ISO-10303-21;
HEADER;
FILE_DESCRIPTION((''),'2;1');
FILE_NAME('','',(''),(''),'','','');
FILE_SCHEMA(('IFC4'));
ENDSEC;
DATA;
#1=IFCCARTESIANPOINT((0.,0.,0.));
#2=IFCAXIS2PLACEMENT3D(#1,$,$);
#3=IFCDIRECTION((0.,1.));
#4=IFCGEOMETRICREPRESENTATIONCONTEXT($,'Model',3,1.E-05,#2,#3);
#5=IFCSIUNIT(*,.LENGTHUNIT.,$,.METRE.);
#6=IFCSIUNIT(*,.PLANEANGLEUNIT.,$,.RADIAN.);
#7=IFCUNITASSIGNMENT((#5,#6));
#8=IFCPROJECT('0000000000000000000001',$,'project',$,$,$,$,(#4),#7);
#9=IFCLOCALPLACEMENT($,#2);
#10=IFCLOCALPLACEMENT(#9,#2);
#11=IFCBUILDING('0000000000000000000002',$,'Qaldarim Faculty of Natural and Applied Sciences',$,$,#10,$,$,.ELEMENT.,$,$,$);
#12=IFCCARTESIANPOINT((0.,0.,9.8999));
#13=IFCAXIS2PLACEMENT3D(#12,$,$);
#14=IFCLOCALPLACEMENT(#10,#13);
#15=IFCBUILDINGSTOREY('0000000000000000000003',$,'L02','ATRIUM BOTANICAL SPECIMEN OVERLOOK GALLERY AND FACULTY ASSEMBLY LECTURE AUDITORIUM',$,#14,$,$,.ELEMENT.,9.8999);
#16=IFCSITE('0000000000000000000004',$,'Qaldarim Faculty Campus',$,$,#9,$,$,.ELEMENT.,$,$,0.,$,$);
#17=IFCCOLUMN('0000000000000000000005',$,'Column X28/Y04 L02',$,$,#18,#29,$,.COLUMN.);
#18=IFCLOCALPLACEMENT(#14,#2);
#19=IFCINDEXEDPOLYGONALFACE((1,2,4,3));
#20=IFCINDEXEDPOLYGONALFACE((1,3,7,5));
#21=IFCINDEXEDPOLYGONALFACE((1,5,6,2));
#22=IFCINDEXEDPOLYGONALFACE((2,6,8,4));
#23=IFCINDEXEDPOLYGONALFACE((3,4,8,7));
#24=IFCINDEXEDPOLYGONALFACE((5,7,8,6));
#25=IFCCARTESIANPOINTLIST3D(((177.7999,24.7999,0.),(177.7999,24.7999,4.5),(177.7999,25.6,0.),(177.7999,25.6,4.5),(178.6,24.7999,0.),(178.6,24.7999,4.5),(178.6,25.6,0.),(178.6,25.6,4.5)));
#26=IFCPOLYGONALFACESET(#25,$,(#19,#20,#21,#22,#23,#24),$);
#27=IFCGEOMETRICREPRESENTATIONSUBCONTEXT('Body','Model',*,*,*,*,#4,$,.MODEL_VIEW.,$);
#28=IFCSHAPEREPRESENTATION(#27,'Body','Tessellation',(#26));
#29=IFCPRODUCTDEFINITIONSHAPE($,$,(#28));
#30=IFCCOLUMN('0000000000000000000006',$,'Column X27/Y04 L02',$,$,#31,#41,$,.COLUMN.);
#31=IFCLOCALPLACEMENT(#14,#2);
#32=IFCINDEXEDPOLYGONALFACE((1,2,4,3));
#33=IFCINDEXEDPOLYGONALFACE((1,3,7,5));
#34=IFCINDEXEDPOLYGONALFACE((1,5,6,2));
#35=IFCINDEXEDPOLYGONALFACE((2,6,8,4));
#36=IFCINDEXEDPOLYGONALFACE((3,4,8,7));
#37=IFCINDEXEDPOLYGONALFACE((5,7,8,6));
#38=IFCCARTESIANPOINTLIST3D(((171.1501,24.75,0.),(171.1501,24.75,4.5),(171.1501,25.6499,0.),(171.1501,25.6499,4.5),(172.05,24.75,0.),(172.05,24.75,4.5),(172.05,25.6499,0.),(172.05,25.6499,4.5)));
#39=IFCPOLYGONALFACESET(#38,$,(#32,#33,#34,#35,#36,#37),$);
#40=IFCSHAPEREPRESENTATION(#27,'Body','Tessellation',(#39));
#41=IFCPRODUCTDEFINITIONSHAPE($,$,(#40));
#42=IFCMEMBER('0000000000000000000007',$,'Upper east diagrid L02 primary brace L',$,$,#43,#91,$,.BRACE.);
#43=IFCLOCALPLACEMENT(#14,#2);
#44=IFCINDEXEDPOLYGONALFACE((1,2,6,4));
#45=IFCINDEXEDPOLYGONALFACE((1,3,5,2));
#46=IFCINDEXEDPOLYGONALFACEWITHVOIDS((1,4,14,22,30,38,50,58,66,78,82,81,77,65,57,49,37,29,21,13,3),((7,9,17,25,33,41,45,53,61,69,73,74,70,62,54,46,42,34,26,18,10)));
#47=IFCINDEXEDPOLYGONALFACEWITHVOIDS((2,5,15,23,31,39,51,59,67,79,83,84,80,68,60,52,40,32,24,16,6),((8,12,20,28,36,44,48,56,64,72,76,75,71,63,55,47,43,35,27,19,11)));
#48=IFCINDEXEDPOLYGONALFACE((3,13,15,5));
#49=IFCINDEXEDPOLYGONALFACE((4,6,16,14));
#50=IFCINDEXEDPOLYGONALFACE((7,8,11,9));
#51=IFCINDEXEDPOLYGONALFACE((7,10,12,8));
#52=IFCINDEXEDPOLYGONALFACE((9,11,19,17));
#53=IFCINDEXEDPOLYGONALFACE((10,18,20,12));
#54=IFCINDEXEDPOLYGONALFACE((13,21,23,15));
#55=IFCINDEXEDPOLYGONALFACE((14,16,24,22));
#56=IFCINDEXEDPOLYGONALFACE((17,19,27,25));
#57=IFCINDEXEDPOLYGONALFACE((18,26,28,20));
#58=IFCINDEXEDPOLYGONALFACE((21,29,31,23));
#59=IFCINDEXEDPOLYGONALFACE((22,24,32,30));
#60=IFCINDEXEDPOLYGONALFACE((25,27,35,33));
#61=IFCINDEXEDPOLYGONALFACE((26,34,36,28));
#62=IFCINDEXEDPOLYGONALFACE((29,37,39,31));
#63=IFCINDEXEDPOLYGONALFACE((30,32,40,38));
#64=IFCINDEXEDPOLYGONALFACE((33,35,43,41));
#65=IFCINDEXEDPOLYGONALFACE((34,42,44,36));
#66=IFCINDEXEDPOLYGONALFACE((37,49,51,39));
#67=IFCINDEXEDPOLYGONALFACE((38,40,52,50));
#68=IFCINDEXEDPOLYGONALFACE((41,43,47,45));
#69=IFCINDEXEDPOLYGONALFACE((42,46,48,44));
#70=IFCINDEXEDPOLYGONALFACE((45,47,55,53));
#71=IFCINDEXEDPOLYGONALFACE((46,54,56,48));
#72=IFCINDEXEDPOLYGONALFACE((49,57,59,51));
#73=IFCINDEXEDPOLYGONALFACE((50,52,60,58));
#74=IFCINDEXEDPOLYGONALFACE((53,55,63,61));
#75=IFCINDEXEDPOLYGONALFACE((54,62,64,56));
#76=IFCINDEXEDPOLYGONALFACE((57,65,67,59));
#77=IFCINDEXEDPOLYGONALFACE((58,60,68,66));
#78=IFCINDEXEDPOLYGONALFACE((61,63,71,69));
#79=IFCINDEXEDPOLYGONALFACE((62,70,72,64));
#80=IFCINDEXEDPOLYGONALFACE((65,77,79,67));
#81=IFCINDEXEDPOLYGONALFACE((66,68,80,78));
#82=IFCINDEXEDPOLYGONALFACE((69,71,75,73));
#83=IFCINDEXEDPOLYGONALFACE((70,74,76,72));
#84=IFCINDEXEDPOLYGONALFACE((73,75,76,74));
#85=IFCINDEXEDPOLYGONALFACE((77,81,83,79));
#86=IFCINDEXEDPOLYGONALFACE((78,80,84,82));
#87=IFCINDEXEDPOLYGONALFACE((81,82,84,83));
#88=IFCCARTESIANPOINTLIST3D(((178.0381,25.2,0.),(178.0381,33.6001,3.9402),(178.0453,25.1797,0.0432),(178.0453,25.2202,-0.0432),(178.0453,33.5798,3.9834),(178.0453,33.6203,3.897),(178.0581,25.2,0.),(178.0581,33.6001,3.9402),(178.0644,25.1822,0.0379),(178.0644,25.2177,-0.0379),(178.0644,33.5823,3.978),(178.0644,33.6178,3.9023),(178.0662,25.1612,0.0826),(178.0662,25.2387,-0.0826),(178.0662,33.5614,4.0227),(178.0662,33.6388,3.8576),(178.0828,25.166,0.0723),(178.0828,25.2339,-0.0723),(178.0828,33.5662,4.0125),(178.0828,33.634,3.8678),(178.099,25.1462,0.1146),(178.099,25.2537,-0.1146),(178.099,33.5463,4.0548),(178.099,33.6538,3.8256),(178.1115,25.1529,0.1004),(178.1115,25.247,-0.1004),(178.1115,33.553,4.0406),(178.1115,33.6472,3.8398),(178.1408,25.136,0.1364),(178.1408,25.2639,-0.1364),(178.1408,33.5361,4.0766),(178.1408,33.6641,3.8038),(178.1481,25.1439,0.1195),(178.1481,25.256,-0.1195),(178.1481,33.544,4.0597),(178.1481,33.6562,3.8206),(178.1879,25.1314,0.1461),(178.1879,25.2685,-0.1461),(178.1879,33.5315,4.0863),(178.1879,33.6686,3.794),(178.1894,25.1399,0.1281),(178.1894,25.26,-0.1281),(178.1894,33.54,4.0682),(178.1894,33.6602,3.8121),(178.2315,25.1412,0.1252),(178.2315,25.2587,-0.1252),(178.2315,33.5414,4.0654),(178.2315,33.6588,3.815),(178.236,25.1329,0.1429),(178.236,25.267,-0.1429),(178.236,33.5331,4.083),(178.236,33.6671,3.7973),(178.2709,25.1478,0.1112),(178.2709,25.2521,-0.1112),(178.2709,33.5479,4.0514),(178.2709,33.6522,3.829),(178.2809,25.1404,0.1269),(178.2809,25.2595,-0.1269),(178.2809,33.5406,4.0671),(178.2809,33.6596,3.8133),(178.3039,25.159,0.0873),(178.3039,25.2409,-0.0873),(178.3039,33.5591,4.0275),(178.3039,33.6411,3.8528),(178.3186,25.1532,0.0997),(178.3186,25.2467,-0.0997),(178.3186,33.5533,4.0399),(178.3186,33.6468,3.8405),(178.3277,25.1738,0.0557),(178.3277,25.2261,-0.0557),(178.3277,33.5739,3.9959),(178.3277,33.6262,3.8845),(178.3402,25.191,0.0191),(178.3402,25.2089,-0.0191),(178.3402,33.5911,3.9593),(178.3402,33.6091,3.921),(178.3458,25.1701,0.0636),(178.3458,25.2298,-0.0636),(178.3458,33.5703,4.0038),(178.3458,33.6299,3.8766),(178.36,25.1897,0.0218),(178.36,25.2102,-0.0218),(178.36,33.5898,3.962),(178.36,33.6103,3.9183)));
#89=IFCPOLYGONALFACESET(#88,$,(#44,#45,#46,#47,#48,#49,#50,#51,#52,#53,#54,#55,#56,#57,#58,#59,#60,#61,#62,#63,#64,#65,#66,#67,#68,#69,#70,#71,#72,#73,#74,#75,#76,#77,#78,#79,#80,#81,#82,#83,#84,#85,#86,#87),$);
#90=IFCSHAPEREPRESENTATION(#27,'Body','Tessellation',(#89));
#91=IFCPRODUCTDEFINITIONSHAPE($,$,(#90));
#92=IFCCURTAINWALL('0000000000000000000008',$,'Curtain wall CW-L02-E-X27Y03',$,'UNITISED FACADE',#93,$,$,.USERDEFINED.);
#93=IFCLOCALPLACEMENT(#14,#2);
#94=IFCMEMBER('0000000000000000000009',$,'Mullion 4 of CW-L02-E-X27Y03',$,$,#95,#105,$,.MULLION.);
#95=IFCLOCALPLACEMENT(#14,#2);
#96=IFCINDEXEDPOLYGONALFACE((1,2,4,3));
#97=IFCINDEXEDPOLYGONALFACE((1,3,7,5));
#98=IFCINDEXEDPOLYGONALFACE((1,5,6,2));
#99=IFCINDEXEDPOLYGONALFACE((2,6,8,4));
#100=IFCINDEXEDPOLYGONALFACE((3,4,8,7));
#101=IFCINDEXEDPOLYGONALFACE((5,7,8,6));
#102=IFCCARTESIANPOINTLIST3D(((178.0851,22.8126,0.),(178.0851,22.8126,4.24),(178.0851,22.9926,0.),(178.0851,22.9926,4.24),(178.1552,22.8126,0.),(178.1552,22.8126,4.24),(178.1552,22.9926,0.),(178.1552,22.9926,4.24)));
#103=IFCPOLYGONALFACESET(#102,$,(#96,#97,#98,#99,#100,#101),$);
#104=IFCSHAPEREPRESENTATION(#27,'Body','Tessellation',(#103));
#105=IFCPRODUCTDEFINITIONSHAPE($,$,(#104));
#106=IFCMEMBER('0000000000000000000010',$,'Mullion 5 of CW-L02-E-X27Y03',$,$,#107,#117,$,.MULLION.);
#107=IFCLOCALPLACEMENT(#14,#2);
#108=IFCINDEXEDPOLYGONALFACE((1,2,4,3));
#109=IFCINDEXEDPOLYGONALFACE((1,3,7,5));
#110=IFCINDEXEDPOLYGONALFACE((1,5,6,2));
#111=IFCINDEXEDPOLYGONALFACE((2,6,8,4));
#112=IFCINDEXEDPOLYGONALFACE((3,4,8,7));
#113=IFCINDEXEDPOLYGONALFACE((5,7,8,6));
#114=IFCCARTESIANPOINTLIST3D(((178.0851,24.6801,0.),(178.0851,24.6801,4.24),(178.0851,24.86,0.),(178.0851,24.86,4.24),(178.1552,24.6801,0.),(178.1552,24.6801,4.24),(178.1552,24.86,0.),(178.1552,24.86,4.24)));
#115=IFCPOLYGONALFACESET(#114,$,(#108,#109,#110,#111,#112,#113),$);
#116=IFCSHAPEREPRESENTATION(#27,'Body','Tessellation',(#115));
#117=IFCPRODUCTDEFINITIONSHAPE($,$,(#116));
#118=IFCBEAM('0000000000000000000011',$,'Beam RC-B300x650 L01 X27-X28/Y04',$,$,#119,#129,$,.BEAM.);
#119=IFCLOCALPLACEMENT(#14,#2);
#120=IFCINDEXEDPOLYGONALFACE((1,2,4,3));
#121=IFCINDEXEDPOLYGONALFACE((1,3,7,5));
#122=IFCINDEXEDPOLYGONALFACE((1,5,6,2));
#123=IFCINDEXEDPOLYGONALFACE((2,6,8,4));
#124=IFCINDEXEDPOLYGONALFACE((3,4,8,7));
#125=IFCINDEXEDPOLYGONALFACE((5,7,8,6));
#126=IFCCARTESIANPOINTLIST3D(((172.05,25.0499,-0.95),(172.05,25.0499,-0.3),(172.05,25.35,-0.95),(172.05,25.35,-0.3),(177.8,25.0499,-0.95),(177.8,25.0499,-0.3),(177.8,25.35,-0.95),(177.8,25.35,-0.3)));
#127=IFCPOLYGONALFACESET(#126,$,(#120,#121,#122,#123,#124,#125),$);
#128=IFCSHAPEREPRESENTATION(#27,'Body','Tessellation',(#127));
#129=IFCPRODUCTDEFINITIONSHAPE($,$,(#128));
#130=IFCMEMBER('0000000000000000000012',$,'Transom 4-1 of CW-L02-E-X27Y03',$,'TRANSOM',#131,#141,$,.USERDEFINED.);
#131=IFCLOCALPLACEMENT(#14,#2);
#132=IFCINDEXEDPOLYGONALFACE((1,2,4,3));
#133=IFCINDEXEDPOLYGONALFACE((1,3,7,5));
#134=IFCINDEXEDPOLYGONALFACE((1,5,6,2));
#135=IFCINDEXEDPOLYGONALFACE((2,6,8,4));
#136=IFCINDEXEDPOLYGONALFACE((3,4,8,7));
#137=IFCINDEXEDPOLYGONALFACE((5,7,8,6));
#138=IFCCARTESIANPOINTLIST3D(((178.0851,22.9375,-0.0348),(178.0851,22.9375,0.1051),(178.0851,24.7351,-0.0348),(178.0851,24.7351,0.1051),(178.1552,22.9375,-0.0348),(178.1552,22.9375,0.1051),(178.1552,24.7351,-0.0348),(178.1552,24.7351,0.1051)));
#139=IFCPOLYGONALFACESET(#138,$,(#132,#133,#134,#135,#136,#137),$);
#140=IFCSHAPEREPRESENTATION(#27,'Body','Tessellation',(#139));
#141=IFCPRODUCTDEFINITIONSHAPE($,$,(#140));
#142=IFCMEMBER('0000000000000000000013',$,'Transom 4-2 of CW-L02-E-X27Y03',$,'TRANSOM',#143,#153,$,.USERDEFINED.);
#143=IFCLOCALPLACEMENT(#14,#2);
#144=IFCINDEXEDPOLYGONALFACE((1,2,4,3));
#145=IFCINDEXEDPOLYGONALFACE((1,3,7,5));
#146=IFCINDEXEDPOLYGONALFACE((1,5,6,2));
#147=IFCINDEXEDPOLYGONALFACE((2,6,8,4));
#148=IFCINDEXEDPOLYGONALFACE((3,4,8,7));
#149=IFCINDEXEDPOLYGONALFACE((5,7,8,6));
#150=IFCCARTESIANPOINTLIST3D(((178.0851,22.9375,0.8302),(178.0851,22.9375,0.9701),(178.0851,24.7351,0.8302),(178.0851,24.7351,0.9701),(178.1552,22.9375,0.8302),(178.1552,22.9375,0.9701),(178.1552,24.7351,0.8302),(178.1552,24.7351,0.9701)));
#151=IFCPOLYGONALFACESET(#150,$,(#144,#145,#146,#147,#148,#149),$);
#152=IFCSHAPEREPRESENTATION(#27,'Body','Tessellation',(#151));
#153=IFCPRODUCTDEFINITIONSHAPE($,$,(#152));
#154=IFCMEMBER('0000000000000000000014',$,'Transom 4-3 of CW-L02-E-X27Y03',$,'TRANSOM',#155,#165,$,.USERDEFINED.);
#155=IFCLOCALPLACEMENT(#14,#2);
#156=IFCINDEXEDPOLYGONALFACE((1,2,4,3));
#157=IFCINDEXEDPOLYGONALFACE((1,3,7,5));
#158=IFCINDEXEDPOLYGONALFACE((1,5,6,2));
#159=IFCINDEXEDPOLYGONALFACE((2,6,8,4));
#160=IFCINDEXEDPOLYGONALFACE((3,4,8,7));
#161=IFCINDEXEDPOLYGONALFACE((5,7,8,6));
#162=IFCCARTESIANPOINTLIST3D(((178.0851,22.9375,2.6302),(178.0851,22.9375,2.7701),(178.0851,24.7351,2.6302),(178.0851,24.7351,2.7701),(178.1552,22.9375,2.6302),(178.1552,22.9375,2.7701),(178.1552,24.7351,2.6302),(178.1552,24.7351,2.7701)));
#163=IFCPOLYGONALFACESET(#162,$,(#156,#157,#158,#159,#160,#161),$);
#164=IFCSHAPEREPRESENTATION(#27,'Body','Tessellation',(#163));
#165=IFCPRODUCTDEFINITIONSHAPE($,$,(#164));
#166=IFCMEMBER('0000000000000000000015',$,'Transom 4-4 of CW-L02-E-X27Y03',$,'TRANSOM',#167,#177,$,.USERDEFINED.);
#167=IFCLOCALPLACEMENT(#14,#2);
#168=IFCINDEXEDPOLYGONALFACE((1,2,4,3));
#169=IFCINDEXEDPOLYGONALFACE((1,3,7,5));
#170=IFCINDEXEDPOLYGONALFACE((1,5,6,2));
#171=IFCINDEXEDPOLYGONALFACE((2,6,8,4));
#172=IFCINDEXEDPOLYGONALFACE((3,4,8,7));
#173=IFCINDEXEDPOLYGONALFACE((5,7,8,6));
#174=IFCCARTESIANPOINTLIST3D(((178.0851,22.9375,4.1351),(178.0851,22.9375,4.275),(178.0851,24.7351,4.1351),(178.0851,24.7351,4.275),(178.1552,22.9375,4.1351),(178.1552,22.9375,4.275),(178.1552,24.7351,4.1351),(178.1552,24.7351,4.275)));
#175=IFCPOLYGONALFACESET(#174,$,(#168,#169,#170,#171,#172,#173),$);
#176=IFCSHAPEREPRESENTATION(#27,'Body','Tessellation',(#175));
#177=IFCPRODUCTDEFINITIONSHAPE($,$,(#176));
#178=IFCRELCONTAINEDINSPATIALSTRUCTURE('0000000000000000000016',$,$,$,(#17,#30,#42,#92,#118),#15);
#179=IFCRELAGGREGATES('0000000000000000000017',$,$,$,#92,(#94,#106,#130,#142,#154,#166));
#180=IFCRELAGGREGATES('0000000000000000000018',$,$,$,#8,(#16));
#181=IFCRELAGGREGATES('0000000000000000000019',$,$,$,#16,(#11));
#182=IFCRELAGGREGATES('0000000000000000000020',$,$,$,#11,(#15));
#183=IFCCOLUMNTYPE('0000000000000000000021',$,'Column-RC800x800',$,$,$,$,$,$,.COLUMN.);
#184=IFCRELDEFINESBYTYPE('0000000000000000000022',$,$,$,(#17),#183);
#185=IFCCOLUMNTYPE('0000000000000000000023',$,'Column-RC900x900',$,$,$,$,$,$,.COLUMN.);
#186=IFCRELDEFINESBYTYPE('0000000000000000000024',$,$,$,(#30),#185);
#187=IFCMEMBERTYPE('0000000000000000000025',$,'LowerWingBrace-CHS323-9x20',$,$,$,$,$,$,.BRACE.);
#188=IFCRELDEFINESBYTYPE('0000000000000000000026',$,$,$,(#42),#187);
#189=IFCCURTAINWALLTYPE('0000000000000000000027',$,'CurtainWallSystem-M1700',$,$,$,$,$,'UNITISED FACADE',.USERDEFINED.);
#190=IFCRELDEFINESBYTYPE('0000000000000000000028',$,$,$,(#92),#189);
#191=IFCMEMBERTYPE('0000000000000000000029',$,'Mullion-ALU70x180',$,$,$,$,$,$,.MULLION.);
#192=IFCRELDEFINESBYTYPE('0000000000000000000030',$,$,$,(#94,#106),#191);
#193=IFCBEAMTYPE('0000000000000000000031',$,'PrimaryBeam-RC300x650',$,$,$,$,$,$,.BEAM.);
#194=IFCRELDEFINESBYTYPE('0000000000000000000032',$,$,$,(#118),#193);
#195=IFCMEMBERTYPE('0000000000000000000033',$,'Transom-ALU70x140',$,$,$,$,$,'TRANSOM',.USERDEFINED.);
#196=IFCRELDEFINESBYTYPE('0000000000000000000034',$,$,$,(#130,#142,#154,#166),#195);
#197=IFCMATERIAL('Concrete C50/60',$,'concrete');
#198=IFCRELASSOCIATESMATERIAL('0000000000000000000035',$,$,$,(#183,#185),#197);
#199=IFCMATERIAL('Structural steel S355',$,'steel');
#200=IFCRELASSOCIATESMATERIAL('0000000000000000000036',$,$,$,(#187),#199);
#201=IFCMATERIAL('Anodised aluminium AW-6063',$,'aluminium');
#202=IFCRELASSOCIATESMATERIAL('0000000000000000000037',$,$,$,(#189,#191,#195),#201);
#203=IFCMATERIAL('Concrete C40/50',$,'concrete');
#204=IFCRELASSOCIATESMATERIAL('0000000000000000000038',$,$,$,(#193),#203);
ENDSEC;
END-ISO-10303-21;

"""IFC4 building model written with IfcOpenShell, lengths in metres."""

from ifc_helpers import new_model, si_unit, direction, frame, origin, origin_2d, place, context, subcontext, project, spatial, rectangle, hollow_circle, extrude, material, material_profile, profile_set, type_object, element, aggregate, save


model = new_model("IFC4")

# Units and contexts
model_context = context("Model", 3, precision=1e-05, world=origin(), true_north=direction((0.0, 1.0)))
body_context = subcontext(model_context, "Body", "Model", "MODEL_VIEW")
ifc_project = project(units=[si_unit("LENGTHUNIT", "METRE"), si_unit("PLANEANGLEUNIT", "RADIAN")], contexts=[model_context])

# Site, building, storey
site_placement = place(None, origin())
site = spatial("IfcSite", under=ifc_project, at=site_placement, Name="Qaldarim Faculty Campus", CompositionType="ELEMENT", RefElevation=0.0)
building_placement = place(site_placement, origin())
building = spatial("IfcBuilding", under=site, at=building_placement, Name="Qaldarim Faculty of Natural and Applied Sciences", CompositionType="ELEMENT")
storey_placement = place(building_placement, frame((0.0, 0.0, 9.8999)))
storey = spatial("IfcBuildingStorey", under=building, at=storey_placement, Name="L02", Description="ATRIUM BOTANICAL SPECIMEN OVERLOOK GALLERY AND FACULTY ASSEMBLY LECTURE AUDITORIUM", CompositionType="ELEMENT", Elevation=9.8999)

# Columns
ifc_material_1 = material(Name="Concrete C50/60", Category="concrete")
ifc_material_profile_1 = material_profile(ifc_material_1, rectangle(XDim=0.8, YDim=0.8, at=origin_2d()), Name="RC-C800x800")
ifc_profile_set_1 = profile_set([ifc_material_profile_1], Name="Concrete C50/60")
column_type_1 = type_object("IfcColumnType", Name="Column-RC800x800", PredefinedType="COLUMN", material=ifc_profile_set_1)
column_1_placement = place(storey_placement, frame((178.2, 25.2, 0.0), z_axis=(0.0, 0.0, 1.0), x_axis=(1.0, 0.0, 0.0)))
element("IfcColumn", 1, at=column_1_placement, inside=storey, type_object=column_type_1, Name="Column X28/Y04 L02", PredefinedType="COLUMN", context=body_context, shape_type="SweptSolid", body=[
    extrude(rectangle(XDim=0.8, YDim=0.8, at=origin_2d()), origin(), (0.0, 0.0, 1.0), 4.5),
])
ifc_material_profile_2 = material_profile(ifc_material_1, rectangle(XDim=0.8999, YDim=0.8999, at=origin_2d()), Name="RC-C900x900")
ifc_profile_set_2 = profile_set([ifc_material_profile_2], Name="Concrete C50/60")
column_type_2 = type_object("IfcColumnType", Name="Column-RC900x900", PredefinedType="COLUMN", material=ifc_profile_set_2)
column_2_placement = place(storey_placement, frame((171.6001, 25.2, 0.0), z_axis=(0.0, 0.0, 1.0), x_axis=(1.0, 0.0, 0.0)))
element("IfcColumn", 2, at=column_2_placement, inside=storey, type_object=column_type_2, Name="Column X27/Y04 L02", PredefinedType="COLUMN", context=body_context, shape_type="SweptSolid", body=[
    extrude(rectangle(XDim=0.8999, YDim=0.8999, at=origin_2d()), origin(), (0.0, 0.0, 1.0), 4.5),
])

# Member
ifc_material_2 = material(Name="Structural steel S355", Category="steel")
ifc_material_profile_3 = material_profile(ifc_material_2, hollow_circle(Radius=0.1619, WallThickness=0.02, at=origin_2d()), Name="CHS 323.9x20.0")
ifc_profile_set_3 = profile_set([ifc_material_profile_3], Name="Structural steel S355")
member_type_1 = type_object("IfcMemberType", Name="LowerWingBrace-CHS323-9x20", PredefinedType="BRACE", material=ifc_profile_set_3)
member_1_placement = place(storey_placement, frame((178.2, 25.2, 0.0), z_axis=(0.0, 0.905351, 0.424665), x_axis=(-1.0, 0.0, 0.0)))
element("IfcMember", 3, at=member_1_placement, inside=storey, type_object=member_type_1, Name="Upper east diagrid L02 primary brace L", PredefinedType="BRACE", context=body_context, shape_type="SweptSolid", body=[
    extrude(hollow_circle(Radius=0.1619, WallThickness=0.02, at=origin_2d()), origin(), (0.0, 0.0, 1.0), 9.2783),
])

# Curtain wall, members
ifc_material_3 = material(Name="Anodised aluminium AW-6063", Category="aluminium")
curtain_wall_type = type_object("IfcCurtainWallType", Name="CurtainWallSystem-M1700", ElementType="UNITISED FACADE", PredefinedType="USERDEFINED", material=ifc_material_3)
curtain_wall_placement = place(storey_placement, origin())
curtain_wall = element("IfcCurtainWall", 4, at=curtain_wall_placement, inside=storey, type_object=curtain_wall_type, Name="Curtain wall CW-L02-E-X27Y03", ObjectType="UNITISED FACADE", PredefinedType="USERDEFINED")
ifc_material_profile_4 = material_profile(ifc_material_3, rectangle(XDim=0.0701, YDim=0.1799, at=origin_2d()), Name="ALU-M70x180")
ifc_profile_set_4 = profile_set([ifc_material_profile_4], Name="Anodised aluminium AW-6063")
member_type_2 = type_object("IfcMemberType", Name="Mullion-ALU70x180", PredefinedType="MULLION", material=ifc_profile_set_4)
member_2_placement = place(storey_placement, frame((178.1201, 22.9026, 0.0), z_axis=(0.0, 0.0, 1.0), x_axis=(-1.0, 0.0, 0.0)))
member_2 = element("IfcMember", 5, at=member_2_placement, type_object=member_type_2, Name="Mullion 4 of CW-L02-E-X27Y03", PredefinedType="MULLION", context=body_context, shape_type="SweptSolid", body=[
    extrude(rectangle(XDim=0.0701, YDim=0.1799, at=origin_2d()), origin(), (0.0, 0.0, 1.0), 4.24),
])
member_3_placement = place(storey_placement, frame((178.1201, 24.77, 0.0), z_axis=(0.0, 0.0, 1.0), x_axis=(-1.0, 0.0, 0.0)))
member_3 = element("IfcMember", 6, at=member_3_placement, type_object=member_type_2, Name="Mullion 5 of CW-L02-E-X27Y03", PredefinedType="MULLION", context=body_context, shape_type="SweptSolid", body=[
    extrude(rectangle(XDim=0.0701, YDim=0.1799, at=origin_2d()), origin(), (0.0, 0.0, 1.0), 4.24),
])

# Beam
ifc_material_4 = material(Name="Concrete C40/50", Category="concrete")
ifc_material_profile_5 = material_profile(ifc_material_4, rectangle(XDim=0.3, YDim=0.6499, at=origin_2d()), Name="RC-B300x650")
ifc_profile_set_5 = profile_set([ifc_material_profile_5], Name="Concrete C40/50")
beam_type = type_object("IfcBeamType", Name="PrimaryBeam-RC300x650", PredefinedType="BEAM", material=ifc_profile_set_5)
beam_placement = place(storey_placement, frame((172.05, 25.2, -0.625), z_axis=(1.0, 0.0, 0.0), x_axis=(0.0, 1.0, 0.0)))
element("IfcBeam", 7, at=beam_placement, inside=storey, type_object=beam_type, Name="Beam RC-B300x650 L01 X27-X28/Y04", PredefinedType="BEAM", context=body_context, shape_type="SweptSolid", body=[
    extrude(rectangle(XDim=0.3, YDim=0.6499, at=origin_2d()), origin(), (0.0, 0.0, 1.0), 5.75),
])

# Members
ifc_material_profile_6 = material_profile(ifc_material_3, rectangle(XDim=0.0701, YDim=0.1399, at=origin_2d()), Name="ALU-T70x140")
ifc_profile_set_6 = profile_set([ifc_material_profile_6], Name="Anodised aluminium AW-6063")
member_type_3 = type_object("IfcMemberType", Name="Transom-ALU70x140", ElementType="TRANSOM", PredefinedType="USERDEFINED", material=ifc_profile_set_6)
member_4_placement = place(storey_placement, frame((178.1201, 22.9375, 0.0352), z_axis=(0.0, 1.0, 0.0), x_axis=(-1.0, 0.0, 0.0)))
member_4 = element("IfcMember", 8, at=member_4_placement, type_object=member_type_3, Name="Transom 4-1 of CW-L02-E-X27Y03", ObjectType="TRANSOM", PredefinedType="USERDEFINED", context=body_context, shape_type="SweptSolid", body=[
    extrude(rectangle(XDim=0.0701, YDim=0.1399, at=origin_2d()), origin(), (0.0, 0.0, 1.0), 1.7976),
])
member_5_placement = place(storey_placement, frame((178.1201, 22.9375, 0.9001), z_axis=(0.0, 1.0, 0.0), x_axis=(-1.0, 0.0, 0.0)))
member_5 = element("IfcMember", 9, at=member_5_placement, type_object=member_type_3, Name="Transom 4-2 of CW-L02-E-X27Y03", ObjectType="TRANSOM", PredefinedType="USERDEFINED", context=body_context, shape_type="SweptSolid", body=[
    extrude(rectangle(XDim=0.0701, YDim=0.1399, at=origin_2d()), origin(), (0.0, 0.0, 1.0), 1.7976),
])
member_6_placement = place(storey_placement, frame((178.1201, 22.9375, 2.7002), z_axis=(0.0, 1.0, 0.0), x_axis=(-1.0, 0.0, 0.0)))
member_6 = element("IfcMember", 10, at=member_6_placement, type_object=member_type_3, Name="Transom 4-3 of CW-L02-E-X27Y03", ObjectType="TRANSOM", PredefinedType="USERDEFINED", context=body_context, shape_type="SweptSolid", body=[
    extrude(rectangle(XDim=0.0701, YDim=0.1399, at=origin_2d()), origin(), (0.0, 0.0, 1.0), 1.7976),
])
member_7_placement = place(storey_placement, frame((178.1201, 22.9375, 4.2051), z_axis=(0.0, 1.0, 0.0), x_axis=(-1.0, 0.0, 0.0)))
member_7 = element("IfcMember", 11, at=member_7_placement, type_object=member_type_3, Name="Transom 4-4 of CW-L02-E-X27Y03", ObjectType="TRANSOM", PredefinedType="USERDEFINED", context=body_context, shape_type="SweptSolid", body=[
    extrude(rectangle(XDim=0.0701, YDim=0.1399, at=origin_2d()), origin(), (0.0, 0.0, 1.0), 1.7976),
])

aggregate(curtain_wall, [member_2, member_3, member_4, member_5, member_6, member_7])

save(model, "model.ifc")
